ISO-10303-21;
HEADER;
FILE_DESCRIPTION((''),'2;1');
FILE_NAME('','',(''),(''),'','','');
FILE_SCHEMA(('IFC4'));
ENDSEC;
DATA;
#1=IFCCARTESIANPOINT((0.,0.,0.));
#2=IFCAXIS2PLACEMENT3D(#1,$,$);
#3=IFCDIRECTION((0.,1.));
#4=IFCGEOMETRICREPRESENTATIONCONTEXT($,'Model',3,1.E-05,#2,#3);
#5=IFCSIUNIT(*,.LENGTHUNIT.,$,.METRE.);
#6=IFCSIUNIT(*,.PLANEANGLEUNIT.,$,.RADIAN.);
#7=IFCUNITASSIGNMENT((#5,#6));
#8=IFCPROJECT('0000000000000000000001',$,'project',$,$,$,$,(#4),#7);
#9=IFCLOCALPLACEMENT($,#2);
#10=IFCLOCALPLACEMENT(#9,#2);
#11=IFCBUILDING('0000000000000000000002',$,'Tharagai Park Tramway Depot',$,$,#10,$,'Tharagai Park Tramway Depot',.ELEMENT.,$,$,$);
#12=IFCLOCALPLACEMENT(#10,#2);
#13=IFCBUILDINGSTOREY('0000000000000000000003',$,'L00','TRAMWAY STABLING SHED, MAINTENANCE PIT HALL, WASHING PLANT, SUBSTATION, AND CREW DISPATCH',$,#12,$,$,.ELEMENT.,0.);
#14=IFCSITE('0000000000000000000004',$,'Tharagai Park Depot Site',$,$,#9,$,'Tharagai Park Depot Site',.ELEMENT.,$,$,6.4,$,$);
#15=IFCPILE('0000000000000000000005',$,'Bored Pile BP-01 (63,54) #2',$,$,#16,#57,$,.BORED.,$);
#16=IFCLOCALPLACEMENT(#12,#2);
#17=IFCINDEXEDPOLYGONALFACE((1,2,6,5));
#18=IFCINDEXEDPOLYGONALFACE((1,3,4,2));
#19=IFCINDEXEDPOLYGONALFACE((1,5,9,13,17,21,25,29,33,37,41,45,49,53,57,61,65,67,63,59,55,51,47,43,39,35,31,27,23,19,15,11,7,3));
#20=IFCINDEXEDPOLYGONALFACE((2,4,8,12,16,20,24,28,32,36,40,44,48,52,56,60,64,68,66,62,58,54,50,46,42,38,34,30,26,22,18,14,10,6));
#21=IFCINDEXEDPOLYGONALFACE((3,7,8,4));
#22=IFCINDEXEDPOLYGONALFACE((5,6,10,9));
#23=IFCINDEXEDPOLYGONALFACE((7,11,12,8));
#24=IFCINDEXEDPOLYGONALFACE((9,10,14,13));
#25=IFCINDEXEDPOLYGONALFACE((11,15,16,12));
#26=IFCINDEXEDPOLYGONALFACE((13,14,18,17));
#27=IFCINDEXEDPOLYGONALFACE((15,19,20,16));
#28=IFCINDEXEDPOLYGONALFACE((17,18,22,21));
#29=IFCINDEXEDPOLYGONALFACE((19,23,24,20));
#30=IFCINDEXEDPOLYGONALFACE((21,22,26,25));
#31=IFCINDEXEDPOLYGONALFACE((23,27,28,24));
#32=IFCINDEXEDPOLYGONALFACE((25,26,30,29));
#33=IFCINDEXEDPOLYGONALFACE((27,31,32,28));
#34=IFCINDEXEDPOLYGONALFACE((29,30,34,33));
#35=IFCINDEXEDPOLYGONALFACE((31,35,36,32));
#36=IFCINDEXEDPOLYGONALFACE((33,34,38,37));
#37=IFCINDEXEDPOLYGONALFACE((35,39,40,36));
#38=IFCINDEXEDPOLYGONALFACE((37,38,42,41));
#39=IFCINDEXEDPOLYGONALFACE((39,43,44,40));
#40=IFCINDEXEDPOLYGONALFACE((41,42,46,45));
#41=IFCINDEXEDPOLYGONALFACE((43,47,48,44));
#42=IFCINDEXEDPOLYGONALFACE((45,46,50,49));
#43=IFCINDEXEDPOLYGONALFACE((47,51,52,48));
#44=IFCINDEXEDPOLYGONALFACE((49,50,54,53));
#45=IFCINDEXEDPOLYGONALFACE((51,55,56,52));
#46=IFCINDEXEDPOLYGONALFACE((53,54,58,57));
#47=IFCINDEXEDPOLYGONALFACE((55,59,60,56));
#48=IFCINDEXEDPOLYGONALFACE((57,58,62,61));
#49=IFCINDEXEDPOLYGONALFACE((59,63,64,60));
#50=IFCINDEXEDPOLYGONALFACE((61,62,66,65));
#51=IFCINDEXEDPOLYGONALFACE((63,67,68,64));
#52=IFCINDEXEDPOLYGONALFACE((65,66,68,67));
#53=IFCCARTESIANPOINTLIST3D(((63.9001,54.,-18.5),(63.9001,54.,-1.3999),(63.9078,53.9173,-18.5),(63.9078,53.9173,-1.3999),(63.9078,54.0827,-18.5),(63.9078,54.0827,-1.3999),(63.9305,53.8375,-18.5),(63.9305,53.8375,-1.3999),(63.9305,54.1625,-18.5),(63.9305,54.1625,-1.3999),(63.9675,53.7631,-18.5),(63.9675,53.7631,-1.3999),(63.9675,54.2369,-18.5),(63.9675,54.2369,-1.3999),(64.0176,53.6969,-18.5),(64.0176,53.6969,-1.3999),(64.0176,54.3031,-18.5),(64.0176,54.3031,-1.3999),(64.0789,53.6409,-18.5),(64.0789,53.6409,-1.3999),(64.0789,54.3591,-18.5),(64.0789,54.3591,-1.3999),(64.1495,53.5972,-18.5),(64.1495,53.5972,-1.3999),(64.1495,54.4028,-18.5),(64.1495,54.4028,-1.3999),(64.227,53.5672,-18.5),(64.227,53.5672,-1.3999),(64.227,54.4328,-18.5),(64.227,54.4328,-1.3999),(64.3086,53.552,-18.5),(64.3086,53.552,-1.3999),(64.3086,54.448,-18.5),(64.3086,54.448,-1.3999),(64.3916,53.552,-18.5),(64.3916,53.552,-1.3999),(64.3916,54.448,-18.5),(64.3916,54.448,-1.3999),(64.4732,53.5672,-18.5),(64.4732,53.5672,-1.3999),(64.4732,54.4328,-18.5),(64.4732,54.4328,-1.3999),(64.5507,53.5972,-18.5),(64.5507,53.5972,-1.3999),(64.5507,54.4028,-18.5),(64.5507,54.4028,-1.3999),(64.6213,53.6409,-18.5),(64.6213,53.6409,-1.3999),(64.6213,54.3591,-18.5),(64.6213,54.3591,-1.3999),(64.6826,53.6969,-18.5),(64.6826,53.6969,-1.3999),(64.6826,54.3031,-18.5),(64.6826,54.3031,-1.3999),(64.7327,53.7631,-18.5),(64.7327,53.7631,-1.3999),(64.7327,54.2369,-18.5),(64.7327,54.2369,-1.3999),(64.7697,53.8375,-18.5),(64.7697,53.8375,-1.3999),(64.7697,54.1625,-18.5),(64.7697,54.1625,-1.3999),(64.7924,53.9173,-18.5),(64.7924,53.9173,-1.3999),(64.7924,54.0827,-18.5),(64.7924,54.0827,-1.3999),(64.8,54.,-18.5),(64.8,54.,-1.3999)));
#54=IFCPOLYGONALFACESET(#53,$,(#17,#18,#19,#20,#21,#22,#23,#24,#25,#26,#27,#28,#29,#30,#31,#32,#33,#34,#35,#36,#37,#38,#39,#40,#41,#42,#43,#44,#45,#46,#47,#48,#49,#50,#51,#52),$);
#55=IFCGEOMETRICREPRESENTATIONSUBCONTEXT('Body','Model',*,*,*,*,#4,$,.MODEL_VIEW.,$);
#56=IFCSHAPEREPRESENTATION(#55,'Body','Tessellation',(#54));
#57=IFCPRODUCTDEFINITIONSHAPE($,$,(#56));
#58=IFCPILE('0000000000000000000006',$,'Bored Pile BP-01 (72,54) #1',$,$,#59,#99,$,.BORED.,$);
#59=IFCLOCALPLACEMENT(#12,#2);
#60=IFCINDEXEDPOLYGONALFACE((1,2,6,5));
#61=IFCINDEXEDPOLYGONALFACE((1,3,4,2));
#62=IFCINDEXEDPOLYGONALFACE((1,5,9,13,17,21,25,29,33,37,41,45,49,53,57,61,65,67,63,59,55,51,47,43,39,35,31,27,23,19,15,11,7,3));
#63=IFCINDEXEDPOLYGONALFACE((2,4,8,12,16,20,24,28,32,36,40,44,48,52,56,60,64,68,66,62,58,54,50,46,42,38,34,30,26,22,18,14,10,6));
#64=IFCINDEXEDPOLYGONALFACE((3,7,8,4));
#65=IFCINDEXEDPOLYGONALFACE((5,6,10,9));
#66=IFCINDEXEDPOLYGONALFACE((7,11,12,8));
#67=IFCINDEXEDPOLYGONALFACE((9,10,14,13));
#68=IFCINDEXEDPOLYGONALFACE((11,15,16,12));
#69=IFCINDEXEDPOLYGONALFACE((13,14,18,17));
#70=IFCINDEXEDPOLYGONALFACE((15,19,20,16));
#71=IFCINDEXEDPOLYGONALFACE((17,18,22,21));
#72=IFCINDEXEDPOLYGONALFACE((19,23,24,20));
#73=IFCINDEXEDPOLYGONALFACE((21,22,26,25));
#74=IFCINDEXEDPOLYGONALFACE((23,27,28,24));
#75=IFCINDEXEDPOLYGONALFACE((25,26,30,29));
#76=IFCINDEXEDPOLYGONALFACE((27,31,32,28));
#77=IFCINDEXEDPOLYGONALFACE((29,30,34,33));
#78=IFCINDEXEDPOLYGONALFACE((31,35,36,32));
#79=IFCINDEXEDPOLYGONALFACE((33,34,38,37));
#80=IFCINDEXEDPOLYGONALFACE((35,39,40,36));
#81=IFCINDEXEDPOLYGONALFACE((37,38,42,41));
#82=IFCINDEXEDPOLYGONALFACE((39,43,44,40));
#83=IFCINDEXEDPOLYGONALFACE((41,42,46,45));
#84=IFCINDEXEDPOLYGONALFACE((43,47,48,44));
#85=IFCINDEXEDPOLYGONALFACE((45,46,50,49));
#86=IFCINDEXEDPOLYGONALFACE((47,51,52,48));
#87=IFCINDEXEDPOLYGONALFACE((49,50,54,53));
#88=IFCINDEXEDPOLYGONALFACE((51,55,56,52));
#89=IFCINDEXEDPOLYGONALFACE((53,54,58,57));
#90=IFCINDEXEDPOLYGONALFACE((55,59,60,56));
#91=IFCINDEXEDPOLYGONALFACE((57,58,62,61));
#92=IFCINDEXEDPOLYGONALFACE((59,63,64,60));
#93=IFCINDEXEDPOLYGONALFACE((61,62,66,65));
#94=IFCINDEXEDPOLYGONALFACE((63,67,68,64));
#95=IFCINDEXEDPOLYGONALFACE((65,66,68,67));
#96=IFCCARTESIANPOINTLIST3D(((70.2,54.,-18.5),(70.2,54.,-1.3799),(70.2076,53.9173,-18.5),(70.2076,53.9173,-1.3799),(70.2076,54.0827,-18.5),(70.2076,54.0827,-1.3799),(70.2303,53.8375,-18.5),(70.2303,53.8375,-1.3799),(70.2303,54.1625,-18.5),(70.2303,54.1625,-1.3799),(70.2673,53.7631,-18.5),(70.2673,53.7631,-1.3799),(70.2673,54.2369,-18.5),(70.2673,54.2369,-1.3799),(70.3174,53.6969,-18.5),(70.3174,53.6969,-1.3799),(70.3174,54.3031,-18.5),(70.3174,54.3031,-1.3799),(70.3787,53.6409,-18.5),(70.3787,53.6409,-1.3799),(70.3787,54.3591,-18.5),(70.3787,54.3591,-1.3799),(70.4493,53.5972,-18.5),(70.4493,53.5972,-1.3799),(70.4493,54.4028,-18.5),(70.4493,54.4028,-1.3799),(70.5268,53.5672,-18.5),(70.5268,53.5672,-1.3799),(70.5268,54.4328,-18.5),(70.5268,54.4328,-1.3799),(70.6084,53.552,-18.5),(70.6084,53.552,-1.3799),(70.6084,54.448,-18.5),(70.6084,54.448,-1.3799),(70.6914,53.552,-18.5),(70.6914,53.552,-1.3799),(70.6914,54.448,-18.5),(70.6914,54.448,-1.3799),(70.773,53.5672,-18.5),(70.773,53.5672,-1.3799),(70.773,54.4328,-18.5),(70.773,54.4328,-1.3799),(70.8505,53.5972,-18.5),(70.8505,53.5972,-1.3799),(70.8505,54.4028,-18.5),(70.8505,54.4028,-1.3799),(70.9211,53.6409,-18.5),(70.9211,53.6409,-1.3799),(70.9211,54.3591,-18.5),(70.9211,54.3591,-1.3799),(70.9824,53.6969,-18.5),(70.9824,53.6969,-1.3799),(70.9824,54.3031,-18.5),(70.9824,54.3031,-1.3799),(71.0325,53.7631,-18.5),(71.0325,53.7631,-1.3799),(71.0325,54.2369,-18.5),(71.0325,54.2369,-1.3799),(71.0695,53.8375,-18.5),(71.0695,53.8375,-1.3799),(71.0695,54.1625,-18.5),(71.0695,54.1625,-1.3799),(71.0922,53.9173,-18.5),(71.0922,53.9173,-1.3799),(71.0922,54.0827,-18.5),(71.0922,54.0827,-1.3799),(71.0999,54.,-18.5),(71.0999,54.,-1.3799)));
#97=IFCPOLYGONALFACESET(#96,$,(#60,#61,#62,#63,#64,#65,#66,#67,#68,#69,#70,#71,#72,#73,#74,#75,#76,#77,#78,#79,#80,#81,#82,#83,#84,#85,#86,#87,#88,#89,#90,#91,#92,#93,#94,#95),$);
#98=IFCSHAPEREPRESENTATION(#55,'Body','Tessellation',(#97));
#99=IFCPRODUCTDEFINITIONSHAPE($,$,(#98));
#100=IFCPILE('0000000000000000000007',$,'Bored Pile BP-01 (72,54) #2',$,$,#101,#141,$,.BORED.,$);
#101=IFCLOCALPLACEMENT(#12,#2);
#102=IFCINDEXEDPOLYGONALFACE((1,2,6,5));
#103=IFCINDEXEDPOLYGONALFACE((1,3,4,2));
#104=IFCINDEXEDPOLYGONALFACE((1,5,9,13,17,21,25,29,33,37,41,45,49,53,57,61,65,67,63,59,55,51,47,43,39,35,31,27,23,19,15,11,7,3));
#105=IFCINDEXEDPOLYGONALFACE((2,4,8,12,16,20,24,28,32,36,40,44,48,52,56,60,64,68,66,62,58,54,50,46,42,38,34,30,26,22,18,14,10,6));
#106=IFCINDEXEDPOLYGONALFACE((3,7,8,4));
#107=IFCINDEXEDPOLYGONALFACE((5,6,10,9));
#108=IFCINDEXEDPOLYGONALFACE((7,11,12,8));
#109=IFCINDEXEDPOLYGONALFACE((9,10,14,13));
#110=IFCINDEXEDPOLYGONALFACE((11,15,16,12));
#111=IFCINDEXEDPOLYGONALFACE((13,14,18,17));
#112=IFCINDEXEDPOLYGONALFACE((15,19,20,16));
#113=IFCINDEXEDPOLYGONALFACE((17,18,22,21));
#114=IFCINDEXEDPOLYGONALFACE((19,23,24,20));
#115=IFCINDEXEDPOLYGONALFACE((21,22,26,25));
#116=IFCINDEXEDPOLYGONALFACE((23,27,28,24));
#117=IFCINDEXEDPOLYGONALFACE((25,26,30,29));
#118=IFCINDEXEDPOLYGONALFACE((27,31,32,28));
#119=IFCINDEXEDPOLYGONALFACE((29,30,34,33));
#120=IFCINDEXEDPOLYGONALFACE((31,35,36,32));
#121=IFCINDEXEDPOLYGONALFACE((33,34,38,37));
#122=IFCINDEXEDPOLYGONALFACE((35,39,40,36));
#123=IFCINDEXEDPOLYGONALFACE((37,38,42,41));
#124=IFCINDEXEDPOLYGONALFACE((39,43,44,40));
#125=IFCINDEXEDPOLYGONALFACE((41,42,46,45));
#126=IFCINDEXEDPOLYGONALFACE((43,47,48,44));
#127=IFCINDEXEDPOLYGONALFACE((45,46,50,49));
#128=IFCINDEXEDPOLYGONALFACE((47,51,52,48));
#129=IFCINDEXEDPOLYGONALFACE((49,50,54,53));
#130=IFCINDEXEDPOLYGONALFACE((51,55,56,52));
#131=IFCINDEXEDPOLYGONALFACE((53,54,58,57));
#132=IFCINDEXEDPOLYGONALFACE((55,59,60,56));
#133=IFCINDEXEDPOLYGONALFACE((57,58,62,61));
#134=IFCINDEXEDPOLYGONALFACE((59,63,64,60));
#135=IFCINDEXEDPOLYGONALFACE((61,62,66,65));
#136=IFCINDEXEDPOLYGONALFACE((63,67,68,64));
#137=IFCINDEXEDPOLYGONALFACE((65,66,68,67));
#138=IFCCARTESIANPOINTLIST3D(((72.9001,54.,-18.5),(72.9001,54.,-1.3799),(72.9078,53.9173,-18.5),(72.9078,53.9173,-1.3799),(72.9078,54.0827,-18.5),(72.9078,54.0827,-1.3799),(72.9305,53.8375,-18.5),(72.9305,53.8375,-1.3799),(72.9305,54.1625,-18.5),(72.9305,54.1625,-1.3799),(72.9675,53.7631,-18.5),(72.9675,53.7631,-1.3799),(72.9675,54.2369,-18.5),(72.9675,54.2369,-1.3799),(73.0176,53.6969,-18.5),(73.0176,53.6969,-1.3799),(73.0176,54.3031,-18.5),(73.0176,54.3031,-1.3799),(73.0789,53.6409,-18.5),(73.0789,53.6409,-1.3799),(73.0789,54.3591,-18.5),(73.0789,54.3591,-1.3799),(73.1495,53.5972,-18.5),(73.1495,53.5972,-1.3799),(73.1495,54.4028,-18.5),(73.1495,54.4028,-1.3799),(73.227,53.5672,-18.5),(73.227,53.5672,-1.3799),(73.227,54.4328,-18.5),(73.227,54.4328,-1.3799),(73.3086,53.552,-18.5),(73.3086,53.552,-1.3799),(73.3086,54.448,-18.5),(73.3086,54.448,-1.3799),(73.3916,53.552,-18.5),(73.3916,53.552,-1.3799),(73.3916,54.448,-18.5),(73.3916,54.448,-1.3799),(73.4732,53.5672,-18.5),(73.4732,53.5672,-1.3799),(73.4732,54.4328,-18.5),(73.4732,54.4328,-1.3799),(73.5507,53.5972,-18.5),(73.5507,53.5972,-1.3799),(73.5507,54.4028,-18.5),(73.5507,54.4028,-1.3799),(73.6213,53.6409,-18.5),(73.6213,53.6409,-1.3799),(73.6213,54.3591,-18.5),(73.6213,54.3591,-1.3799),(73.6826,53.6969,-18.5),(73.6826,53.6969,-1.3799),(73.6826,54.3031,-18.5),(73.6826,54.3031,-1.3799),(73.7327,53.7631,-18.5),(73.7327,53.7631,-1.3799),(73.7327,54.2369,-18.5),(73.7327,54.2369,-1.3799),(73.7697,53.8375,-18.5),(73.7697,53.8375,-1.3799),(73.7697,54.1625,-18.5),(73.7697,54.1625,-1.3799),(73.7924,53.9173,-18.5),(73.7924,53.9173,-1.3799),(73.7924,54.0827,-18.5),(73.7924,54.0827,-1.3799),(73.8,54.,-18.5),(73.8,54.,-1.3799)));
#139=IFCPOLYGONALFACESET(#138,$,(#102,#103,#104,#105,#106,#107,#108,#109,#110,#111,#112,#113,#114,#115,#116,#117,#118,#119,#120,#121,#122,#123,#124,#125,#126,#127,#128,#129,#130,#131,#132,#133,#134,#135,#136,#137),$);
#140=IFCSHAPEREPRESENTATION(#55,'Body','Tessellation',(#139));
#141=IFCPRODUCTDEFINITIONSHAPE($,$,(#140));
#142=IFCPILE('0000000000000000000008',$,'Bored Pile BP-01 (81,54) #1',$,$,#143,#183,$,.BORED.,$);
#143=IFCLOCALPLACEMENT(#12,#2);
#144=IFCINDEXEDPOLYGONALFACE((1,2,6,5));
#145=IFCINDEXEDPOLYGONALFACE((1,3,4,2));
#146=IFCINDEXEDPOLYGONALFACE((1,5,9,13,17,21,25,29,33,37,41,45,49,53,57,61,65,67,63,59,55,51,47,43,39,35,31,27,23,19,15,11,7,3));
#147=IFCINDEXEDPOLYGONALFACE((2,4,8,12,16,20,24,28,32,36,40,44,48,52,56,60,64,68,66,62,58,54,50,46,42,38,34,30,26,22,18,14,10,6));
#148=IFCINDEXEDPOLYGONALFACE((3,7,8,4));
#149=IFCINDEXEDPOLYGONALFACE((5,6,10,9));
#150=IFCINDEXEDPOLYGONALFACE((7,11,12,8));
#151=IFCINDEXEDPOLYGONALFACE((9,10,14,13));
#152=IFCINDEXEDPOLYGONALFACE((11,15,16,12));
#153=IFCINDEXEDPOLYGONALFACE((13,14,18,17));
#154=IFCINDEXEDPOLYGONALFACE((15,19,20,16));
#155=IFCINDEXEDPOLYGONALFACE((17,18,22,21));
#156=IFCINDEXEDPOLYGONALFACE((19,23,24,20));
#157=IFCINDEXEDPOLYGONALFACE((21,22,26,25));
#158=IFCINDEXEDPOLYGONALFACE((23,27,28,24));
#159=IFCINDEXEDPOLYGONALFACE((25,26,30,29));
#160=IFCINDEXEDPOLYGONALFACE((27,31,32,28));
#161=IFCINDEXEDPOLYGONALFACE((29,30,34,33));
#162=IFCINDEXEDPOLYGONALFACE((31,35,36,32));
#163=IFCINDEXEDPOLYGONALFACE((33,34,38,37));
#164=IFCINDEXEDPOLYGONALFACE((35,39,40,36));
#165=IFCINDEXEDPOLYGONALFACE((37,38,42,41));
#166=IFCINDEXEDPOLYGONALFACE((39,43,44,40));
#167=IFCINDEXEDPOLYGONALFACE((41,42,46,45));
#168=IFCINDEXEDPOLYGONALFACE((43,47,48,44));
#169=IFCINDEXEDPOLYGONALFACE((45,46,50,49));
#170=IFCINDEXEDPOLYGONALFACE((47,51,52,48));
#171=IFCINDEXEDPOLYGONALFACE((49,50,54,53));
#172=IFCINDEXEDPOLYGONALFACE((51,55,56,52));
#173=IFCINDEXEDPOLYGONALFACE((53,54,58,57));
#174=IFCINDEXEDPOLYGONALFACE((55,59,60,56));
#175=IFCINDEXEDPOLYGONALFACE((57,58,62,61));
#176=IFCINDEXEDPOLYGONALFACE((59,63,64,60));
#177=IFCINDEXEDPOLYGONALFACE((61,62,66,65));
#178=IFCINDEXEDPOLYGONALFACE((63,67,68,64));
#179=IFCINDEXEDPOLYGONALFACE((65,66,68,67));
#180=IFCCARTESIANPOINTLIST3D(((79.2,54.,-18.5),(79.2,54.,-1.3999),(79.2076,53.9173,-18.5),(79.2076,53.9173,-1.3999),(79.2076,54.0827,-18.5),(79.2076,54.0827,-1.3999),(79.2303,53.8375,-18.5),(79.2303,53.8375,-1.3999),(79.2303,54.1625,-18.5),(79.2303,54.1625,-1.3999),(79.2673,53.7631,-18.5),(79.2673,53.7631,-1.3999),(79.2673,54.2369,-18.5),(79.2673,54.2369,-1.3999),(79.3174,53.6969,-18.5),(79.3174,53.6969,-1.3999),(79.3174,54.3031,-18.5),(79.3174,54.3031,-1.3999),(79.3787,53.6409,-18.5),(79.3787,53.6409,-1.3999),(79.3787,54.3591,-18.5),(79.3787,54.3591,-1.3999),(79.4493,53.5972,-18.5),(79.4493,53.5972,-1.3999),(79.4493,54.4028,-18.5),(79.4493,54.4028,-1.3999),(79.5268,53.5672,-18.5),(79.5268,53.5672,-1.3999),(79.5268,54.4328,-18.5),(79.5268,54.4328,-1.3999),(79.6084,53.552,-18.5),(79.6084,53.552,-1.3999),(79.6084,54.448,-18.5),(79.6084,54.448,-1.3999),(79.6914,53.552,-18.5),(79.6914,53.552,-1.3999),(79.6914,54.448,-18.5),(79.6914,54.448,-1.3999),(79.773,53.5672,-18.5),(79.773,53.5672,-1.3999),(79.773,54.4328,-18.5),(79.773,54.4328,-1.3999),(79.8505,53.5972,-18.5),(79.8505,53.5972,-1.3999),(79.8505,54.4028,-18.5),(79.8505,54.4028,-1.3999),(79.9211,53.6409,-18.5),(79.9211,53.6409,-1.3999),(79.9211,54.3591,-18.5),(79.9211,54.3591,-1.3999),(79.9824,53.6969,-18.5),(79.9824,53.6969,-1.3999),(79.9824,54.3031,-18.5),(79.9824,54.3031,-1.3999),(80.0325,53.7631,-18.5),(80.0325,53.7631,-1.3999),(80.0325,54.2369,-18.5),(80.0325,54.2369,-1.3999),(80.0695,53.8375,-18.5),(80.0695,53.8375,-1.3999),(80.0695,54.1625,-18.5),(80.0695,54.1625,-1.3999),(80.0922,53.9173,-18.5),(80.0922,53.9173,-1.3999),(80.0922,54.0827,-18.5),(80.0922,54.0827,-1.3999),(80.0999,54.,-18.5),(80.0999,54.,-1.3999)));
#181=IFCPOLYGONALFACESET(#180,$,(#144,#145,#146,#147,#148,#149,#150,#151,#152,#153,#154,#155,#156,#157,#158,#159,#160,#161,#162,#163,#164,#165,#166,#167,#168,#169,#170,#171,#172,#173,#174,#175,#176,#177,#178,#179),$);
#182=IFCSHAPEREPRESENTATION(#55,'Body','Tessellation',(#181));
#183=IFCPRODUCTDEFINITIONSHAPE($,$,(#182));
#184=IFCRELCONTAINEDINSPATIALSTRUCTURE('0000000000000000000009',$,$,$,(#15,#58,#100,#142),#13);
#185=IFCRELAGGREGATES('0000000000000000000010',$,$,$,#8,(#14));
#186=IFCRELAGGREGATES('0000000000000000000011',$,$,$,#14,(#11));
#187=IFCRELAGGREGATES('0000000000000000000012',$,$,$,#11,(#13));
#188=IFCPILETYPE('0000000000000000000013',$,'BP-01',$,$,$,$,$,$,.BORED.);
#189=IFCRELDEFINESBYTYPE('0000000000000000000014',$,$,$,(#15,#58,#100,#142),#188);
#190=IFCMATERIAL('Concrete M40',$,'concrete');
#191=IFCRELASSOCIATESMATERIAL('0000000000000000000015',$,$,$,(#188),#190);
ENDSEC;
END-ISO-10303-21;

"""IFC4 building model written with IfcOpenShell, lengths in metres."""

from ifc_helpers import new_model, si_unit, direction, frame, origin, origin_2d, place, context, subcontext, project, spatial, circle, extrude, material, material_profile, profile_set, type_object, element, save


model = new_model("IFC4")

# Units and contexts
model_context = context("Model", 3, precision=1e-05, world=origin(), true_north=direction((0.0, 1.0)))
body_context = subcontext(model_context, "Body", "Model", "MODEL_VIEW")
ifc_project = project(units=[si_unit("LENGTHUNIT", "METRE"), si_unit("PLANEANGLEUNIT", "RADIAN")], contexts=[model_context])

# Site, building, storey
site_placement = place(None, origin())
site = spatial("IfcSite", under=ifc_project, at=site_placement, Name="Tharagai Park Depot Site", LongName="Tharagai Park Depot Site", CompositionType="ELEMENT", RefElevation=6.4)
building_placement = place(site_placement, origin())
building = spatial("IfcBuilding", under=site, at=building_placement, Name="Tharagai Park Tramway Depot", LongName="Tharagai Park Tramway Depot", CompositionType="ELEMENT")
storey_placement = place(building_placement, origin())
storey = spatial("IfcBuildingStorey", under=building, at=storey_placement, Name="L00", Description="TRAMWAY STABLING SHED, MAINTENANCE PIT HALL, WASHING PLANT, SUBSTATION, AND CREW DISPATCH", CompositionType="ELEMENT", Elevation=0.0)

# Piles
ifc_material_1 = material(Name="Concrete M40", Category="concrete")
ifc_material_profile_1 = material_profile(ifc_material_1, circle(Radius=0.45, at=origin_2d()), Name="PILE D900")
ifc_profile_set_1 = profile_set([ifc_material_profile_1], Name="Concrete M40")
pile_type = type_object("IfcPileType", Name="BP-01", PredefinedType="BORED", material=ifc_profile_set_1)
pile_placement = place(storey_placement, frame((64.3501, 54.0, -1.3999), z_axis=(0.0, 0.0, -1.0), x_axis=(1.0, 0.0, 0.0)))
element("IfcPile", 1, at=pile_placement, inside=storey, type_object=pile_type, Name="Bored Pile BP-01 (63,54) #2", PredefinedType="BORED", context=body_context, shape_type="SweptSolid", body=[
    extrude(circle(Radius=0.45, at=origin_2d()), origin(), (0.0, 0.0, 1.0), 17.1001),
])
for number, where, z_axis, x_axis, name in (
    (2, (70.6499, 54.0, -1.3799), (0.0, 0.0, -1.0), (1.0, 0.0, 0.0), "Bored Pile BP-01 (72,54) #1"),
    (3, (73.3501, 54.0, -1.3799), (0.0, 0.0, -1.0), (1.0, 0.0, 0.0), "Bored Pile BP-01 (72,54) #2"),
):
    element("IfcPile", number, at=place(storey_placement, frame(where, z_axis=z_axis, x_axis=x_axis)), inside=storey, type_object=pile_type, Name=name, PredefinedType="BORED", context=body_context, shape_type="SweptSolid", body=[
        extrude(circle(Radius=0.45, at=origin_2d()), origin(), (0.0, 0.0, 1.0), 17.1201),
    ])
for number, where, z_axis, x_axis, name in (
    (4, (79.6499, 54.0, -1.3999), (0.0, 0.0, -1.0), (1.0, 0.0, 0.0), "Bored Pile BP-01 (81,54) #1"),
):
    element("IfcPile", number, at=place(storey_placement, frame(where, z_axis=z_axis, x_axis=x_axis)), inside=storey, type_object=pile_type, Name=name, PredefinedType="BORED", context=body_context, shape_type="SweptSolid", body=[
        extrude(circle(Radius=0.45, at=origin_2d()), origin(), (0.0, 0.0, 1.0), 17.1001),
    ])

save(model, "model.ifc")
